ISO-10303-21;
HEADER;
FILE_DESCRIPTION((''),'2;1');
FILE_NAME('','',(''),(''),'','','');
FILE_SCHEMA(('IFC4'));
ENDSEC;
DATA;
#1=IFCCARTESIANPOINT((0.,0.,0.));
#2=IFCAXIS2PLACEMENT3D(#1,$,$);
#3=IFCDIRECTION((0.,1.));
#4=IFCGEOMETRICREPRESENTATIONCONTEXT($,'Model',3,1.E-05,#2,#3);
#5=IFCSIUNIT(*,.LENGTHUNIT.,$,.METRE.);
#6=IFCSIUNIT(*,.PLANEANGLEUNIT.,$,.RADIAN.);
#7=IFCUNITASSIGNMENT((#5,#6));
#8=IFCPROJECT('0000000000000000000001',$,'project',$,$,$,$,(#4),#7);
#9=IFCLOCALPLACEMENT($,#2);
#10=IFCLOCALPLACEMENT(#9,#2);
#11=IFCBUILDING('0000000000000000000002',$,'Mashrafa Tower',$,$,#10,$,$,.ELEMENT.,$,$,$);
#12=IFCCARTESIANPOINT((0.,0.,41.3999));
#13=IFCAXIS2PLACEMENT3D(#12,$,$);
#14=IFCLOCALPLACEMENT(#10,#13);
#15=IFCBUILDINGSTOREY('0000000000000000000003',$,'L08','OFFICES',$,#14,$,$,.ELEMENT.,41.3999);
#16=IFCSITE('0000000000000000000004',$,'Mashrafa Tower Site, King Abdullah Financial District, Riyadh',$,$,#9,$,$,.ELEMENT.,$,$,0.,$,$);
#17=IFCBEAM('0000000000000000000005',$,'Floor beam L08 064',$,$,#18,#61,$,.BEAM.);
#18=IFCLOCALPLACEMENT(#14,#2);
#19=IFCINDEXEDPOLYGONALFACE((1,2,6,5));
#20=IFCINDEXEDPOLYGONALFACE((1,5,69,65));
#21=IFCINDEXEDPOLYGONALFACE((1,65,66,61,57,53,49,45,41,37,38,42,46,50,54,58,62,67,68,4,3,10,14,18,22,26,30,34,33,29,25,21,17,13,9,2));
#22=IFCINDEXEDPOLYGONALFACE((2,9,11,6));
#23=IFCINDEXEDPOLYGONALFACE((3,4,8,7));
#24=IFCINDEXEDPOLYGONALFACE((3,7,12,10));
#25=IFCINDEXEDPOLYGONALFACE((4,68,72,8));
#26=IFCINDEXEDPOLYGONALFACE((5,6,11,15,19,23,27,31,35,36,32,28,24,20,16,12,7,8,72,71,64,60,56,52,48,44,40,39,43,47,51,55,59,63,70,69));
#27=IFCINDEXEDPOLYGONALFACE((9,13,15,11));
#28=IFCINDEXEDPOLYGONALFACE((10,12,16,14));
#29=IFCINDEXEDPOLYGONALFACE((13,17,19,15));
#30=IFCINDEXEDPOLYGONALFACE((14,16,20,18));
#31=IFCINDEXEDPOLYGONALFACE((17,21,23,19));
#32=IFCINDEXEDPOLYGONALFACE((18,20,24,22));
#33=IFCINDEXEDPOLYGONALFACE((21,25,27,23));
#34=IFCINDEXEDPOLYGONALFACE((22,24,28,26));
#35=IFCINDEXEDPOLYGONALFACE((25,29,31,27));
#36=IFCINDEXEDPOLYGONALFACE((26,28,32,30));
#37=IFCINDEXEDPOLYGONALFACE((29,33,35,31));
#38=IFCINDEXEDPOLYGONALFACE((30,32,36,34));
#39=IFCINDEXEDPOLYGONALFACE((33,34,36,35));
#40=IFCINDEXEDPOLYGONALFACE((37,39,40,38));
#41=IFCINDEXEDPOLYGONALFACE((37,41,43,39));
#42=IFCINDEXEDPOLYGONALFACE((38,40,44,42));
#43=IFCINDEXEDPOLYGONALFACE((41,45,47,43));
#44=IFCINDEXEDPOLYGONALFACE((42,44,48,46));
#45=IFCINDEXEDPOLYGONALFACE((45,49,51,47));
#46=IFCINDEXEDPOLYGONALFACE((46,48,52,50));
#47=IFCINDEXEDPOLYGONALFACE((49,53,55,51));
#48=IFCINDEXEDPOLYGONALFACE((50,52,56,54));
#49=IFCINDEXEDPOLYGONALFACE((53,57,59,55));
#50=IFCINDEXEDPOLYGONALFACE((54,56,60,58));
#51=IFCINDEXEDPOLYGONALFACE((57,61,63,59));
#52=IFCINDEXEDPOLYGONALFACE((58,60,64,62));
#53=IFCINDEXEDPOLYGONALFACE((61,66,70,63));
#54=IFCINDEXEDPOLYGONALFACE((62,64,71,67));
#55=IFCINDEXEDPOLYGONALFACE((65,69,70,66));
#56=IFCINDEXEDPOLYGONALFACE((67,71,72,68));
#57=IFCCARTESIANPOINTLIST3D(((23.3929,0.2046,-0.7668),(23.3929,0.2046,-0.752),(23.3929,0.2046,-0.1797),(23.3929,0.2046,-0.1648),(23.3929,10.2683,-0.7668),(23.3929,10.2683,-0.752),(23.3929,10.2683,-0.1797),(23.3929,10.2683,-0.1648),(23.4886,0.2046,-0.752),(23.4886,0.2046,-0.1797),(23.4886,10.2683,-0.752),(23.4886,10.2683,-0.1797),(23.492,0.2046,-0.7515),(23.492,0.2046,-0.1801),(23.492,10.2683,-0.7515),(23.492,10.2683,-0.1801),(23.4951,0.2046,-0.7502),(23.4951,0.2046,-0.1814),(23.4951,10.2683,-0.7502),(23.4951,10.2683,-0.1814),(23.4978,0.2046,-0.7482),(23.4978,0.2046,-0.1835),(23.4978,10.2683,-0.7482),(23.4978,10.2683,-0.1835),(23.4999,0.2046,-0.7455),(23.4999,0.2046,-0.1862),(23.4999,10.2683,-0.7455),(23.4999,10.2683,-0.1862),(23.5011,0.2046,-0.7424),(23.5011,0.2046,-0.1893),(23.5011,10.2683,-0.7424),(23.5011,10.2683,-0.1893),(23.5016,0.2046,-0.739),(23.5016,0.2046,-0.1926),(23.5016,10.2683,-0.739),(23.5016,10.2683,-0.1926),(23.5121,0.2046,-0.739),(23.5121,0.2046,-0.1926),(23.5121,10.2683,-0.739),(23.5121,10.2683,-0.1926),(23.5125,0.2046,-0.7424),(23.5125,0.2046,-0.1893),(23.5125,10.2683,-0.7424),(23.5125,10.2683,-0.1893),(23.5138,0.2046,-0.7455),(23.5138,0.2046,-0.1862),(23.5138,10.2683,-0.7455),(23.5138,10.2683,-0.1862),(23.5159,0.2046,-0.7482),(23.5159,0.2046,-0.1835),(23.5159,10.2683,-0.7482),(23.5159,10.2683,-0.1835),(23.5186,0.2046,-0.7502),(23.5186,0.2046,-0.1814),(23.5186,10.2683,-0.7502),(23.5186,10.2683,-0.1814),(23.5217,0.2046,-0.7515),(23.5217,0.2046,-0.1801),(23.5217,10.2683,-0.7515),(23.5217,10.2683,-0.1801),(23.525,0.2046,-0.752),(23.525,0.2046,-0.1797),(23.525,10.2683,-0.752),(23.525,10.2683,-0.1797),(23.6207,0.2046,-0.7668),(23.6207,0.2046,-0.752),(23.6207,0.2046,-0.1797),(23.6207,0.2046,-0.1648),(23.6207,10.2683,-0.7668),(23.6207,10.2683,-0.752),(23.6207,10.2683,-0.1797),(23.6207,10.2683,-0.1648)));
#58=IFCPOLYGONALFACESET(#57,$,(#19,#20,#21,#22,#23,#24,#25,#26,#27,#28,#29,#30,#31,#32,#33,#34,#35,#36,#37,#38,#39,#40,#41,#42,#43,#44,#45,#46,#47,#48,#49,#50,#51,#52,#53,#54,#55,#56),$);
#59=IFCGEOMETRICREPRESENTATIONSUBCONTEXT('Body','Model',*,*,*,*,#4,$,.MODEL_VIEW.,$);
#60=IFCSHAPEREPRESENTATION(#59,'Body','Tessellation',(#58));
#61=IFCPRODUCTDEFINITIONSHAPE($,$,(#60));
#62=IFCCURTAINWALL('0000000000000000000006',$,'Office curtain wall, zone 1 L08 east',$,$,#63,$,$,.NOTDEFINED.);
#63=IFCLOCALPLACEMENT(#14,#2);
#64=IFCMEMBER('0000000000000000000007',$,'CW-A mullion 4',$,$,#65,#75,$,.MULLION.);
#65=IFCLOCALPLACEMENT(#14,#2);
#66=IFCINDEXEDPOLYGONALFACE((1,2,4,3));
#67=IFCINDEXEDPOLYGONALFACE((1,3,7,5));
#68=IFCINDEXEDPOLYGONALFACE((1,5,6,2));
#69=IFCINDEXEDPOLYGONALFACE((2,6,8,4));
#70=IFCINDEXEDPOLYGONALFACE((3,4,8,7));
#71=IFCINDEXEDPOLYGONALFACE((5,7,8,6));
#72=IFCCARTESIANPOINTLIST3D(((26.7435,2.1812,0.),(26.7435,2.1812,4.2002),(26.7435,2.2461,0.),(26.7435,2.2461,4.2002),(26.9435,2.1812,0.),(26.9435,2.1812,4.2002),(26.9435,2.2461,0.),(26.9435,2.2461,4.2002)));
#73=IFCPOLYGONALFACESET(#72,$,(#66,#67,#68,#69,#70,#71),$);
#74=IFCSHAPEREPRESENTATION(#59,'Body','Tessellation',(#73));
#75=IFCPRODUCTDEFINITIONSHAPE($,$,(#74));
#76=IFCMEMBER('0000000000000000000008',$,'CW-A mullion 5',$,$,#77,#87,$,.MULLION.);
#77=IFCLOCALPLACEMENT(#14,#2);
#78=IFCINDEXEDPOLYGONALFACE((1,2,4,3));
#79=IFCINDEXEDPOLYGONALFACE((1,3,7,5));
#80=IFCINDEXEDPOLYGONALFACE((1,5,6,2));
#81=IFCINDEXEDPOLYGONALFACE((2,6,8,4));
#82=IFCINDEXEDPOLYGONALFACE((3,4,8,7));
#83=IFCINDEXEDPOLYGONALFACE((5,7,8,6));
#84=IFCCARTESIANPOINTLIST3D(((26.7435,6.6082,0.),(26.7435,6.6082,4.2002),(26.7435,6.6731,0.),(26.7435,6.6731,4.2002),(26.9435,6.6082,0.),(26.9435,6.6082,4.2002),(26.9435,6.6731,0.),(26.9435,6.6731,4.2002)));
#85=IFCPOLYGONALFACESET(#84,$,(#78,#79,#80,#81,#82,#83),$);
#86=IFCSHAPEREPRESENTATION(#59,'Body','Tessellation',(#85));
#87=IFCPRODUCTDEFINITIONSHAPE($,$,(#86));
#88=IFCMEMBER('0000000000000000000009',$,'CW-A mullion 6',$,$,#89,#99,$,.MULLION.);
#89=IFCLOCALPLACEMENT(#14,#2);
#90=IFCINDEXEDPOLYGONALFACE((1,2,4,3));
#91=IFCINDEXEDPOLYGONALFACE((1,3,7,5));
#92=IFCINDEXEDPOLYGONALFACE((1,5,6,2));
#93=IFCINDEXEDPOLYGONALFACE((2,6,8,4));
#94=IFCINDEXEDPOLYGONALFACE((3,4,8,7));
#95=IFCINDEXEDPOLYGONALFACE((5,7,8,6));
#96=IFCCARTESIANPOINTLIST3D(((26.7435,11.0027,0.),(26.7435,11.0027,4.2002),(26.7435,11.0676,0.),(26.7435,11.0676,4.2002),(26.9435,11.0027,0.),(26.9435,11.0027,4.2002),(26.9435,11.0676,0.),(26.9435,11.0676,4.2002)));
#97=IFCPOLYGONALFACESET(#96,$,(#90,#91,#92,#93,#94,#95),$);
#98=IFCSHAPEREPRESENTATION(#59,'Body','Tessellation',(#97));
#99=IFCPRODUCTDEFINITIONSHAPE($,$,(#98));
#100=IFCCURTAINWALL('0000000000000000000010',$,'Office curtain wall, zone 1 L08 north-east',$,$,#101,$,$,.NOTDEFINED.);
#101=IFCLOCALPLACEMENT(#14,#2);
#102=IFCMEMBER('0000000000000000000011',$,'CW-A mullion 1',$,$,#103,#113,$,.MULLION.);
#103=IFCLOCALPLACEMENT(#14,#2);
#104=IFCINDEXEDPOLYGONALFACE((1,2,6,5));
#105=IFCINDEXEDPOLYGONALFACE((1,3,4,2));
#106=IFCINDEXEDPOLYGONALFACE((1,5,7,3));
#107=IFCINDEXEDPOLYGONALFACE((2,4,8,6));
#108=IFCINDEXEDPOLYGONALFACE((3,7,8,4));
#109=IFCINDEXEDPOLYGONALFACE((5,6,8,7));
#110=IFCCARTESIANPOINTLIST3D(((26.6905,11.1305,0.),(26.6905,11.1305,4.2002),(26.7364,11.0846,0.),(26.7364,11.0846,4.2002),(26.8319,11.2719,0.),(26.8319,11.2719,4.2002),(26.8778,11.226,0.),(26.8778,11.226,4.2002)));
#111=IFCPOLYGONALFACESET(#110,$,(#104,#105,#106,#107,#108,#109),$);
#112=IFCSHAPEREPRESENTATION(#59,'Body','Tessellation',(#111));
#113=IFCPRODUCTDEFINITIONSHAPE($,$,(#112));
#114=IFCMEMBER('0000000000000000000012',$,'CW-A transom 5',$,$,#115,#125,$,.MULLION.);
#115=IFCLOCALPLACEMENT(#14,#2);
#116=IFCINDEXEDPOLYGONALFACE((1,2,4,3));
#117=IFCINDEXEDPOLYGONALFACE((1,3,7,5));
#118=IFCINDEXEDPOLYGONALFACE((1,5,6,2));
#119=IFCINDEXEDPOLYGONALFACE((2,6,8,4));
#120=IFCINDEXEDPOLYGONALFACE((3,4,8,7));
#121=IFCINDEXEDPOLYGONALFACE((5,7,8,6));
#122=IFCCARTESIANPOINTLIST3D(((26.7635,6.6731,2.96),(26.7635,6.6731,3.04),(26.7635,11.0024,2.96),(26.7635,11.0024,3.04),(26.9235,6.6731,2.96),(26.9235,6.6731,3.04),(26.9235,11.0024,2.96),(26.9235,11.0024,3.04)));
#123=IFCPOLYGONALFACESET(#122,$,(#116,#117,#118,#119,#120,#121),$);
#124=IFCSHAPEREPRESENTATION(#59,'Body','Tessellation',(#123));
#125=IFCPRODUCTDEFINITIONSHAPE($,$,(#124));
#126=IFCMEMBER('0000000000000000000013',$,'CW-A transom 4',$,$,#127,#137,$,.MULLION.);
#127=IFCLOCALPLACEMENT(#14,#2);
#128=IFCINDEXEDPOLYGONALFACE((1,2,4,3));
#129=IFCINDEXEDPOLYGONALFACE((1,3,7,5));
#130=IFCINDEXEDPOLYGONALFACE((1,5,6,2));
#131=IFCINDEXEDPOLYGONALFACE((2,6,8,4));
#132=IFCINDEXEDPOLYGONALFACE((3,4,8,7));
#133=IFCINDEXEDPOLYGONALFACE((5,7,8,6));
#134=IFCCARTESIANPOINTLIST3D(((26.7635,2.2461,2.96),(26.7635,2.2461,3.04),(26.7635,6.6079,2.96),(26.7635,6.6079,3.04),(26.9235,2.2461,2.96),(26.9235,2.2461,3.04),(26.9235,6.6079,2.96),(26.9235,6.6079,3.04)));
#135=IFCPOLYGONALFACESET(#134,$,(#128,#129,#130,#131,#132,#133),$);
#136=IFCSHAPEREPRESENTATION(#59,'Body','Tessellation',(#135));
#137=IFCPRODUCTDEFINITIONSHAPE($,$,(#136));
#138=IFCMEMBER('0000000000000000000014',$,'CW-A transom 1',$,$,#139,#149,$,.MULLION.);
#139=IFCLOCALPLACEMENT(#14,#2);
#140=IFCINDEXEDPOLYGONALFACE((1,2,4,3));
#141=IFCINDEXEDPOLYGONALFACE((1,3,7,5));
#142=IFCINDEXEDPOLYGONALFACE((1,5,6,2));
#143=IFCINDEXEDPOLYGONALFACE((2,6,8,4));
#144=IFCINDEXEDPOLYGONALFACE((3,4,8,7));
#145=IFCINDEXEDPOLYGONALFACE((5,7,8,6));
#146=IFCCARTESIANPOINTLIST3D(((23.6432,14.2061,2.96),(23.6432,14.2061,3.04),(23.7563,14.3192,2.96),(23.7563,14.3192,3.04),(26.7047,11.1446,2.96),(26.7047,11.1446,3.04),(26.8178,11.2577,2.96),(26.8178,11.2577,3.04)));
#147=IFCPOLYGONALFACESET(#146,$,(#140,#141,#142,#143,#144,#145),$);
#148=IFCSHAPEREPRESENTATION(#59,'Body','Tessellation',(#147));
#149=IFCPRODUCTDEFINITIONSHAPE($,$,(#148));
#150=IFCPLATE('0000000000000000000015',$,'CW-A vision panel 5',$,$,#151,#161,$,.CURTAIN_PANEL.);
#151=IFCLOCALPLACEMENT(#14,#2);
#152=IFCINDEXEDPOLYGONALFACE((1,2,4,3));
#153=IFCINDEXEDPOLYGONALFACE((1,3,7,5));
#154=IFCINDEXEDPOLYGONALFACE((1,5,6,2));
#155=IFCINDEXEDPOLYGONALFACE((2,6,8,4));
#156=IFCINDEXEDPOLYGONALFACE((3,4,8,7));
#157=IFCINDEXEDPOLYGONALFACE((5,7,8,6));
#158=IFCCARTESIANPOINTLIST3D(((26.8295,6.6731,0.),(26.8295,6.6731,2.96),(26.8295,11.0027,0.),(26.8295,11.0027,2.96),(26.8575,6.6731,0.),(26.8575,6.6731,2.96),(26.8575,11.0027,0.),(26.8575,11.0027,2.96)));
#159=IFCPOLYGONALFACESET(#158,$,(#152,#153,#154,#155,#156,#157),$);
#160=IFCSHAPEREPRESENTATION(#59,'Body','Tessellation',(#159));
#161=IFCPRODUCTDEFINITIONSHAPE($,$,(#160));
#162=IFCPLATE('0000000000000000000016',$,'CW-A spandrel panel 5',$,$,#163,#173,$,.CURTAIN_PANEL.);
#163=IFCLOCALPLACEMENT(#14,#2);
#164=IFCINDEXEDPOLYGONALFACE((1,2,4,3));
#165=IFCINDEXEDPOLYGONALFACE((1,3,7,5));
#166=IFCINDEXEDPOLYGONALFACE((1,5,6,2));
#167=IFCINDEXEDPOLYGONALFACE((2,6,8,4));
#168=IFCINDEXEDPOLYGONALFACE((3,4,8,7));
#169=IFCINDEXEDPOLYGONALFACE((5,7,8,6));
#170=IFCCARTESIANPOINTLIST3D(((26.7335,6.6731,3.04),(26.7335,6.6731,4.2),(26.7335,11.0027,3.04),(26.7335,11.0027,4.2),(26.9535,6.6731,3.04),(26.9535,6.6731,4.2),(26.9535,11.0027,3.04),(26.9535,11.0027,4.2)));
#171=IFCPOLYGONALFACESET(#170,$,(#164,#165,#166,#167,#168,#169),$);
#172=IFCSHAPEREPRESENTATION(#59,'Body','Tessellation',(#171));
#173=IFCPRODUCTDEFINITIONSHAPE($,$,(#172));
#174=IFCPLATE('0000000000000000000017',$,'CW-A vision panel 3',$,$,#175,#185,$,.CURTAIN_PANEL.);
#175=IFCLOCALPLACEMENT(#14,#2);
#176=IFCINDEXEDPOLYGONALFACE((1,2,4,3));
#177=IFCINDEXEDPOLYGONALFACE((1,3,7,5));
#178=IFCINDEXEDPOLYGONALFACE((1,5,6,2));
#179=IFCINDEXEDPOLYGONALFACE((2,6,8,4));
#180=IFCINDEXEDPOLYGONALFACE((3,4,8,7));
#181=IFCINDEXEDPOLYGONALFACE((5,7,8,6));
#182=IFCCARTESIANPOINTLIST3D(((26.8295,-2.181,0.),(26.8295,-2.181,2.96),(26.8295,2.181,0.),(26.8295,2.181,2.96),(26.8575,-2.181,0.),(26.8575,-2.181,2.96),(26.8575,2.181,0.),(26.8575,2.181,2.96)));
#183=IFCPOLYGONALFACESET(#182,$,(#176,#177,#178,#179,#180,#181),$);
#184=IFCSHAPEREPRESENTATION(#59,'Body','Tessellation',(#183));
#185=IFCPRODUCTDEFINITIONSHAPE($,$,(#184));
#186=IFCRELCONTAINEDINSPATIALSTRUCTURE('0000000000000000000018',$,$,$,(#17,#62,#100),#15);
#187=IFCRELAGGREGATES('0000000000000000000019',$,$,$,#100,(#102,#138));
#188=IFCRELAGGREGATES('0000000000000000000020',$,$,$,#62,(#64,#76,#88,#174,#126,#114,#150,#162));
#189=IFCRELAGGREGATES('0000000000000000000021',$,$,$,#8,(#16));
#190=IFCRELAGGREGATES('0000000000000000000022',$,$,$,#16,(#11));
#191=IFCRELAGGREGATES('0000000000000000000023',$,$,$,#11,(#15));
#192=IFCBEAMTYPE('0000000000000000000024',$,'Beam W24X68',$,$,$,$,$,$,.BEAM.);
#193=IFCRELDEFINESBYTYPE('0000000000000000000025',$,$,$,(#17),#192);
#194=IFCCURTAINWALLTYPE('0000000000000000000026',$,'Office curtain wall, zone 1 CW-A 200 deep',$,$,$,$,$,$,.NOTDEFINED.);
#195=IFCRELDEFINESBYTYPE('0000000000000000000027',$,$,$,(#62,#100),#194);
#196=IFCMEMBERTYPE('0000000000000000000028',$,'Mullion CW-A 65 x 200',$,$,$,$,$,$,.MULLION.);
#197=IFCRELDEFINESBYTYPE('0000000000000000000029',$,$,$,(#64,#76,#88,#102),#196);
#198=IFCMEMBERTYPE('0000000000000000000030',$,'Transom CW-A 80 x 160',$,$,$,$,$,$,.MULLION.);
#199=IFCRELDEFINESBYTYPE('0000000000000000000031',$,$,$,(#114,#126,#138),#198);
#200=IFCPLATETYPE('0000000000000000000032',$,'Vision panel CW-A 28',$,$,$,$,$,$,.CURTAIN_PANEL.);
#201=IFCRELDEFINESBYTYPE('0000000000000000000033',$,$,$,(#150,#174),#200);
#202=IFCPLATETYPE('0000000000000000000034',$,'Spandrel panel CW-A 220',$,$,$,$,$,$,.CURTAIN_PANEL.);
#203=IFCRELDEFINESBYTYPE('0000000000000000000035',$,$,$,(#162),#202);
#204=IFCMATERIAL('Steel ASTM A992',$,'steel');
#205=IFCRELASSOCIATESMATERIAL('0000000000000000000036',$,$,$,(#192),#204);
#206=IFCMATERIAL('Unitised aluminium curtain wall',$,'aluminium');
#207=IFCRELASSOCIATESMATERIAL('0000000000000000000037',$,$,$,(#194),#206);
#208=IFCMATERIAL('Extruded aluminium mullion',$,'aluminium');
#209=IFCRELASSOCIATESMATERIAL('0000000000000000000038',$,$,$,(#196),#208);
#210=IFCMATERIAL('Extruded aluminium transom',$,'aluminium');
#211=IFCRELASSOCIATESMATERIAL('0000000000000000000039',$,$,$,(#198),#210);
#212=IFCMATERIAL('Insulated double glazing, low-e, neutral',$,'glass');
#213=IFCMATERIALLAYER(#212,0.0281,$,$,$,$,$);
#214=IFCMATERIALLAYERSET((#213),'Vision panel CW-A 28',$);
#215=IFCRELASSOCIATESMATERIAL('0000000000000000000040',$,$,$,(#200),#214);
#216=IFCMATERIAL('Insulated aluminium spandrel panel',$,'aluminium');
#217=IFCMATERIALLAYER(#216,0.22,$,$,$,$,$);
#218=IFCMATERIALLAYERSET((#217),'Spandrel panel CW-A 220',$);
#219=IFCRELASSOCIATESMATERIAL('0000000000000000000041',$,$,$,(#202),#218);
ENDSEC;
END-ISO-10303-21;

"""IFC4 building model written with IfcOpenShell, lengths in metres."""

from ifc_helpers import new_model, si_unit, direction, frame, origin, origin_2d, place, context, subcontext, project, spatial, rectangle, i_section, extrude, source, transform, mapped, material, layer, layer_set, material_profile, profile_set, type_object, type_shapes, element, aggregate, save


model = new_model("IFC4")

# Units and contexts
model_context = context("Model", 3, precision=1e-05, world=origin(), true_north=direction((0.0, 1.0)))
body_context = subcontext(model_context, "Body", "Model", "MODEL_VIEW")
ifc_project = project(units=[si_unit("LENGTHUNIT", "METRE"), si_unit("PLANEANGLEUNIT", "RADIAN")], contexts=[model_context])

# Site, building, storey
site_placement = place(None, origin())
site = spatial("IfcSite", under=ifc_project, at=site_placement, Name="Mashrafa Tower Site, King Abdullah Financial District, Riyadh", CompositionType="ELEMENT", RefElevation=0.0)
building_placement = place(site_placement, origin())
building = spatial("IfcBuilding", under=site, at=building_placement, Name="Mashrafa Tower", CompositionType="ELEMENT")
storey_placement = place(building_placement, frame((0.0, 0.0, 41.3999)))
storey = spatial("IfcBuildingStorey", under=building, at=storey_placement, Name="L08", Description="OFFICES", CompositionType="ELEMENT", Elevation=41.3999)

# Beam
ifc_material_1 = material(Name="Steel ASTM A992", Category="steel")
ifc_material_profile_1 = material_profile(ifc_material_1, i_section(OverallWidth=0.2278, OverallDepth=0.6021, WebThickness=0.0105, FlangeThickness=0.0149, FilletRadius=0.0129, at=origin_2d()), Name="W24X68")
ifc_profile_set_1 = profile_set([ifc_material_profile_1], Name="Steel ASTM A992")
beam_type_1 = type_object("IfcBeamType", Name="Beam W24X68", PredefinedType="BEAM", material=ifc_profile_set_1)
beam_1_placement = place(storey_placement, frame((23.5068, 10.2683, -0.4658), z_axis=(0.0, -1.0, 0.0), x_axis=(1.0, 0.0, 0.0)))
element("IfcBeam", 1, at=beam_1_placement, inside=storey, type_object=beam_type_1, Name="Floor beam L08 064", PredefinedType="BEAM", context=body_context, shape_type="SweptSolid", body=[
    extrude(i_section(OverallWidth=0.2278, OverallDepth=0.6021, WebThickness=0.0105, FlangeThickness=0.0149, FilletRadius=0.0129, at=origin_2d()), origin(), (0.0, 0.0, 1.0), 10.0637),
])

# Curtain wall, members
ifc_material_2 = material(Name="Unitised aluminium curtain wall", Category="aluminium")
curtain_wall_type = type_object("IfcCurtainWallType", Name="Office curtain wall, zone 1 CW-A 200 deep", PredefinedType="NOTDEFINED", material=ifc_material_2)
curtain_wall_1_placement = place(storey_placement, origin())
curtain_wall_1 = element("IfcCurtainWall", 2, at=curtain_wall_1_placement, inside=storey, type_object=curtain_wall_type, Name="Office curtain wall, zone 1 L08 east", PredefinedType="NOTDEFINED")
ifc_material_3 = material(Name="Extruded aluminium mullion", Category="aluminium")
ifc_material_profile_2 = material_profile(ifc_material_3, rectangle(XDim=0.2, YDim=0.0649, at=origin_2d()), Name="Mullion 65x200")
ifc_profile_set_2 = profile_set([ifc_material_profile_2], Name="Extruded aluminium mullion")
member_type_1 = type_object("IfcMemberType", Name="Mullion CW-A 65 x 200", PredefinedType="MULLION", material=ifc_profile_set_2)
shared_shape_1 = source(origin(), body_context, "Body", "SweptSolid", [
    extrude(rectangle(XDim=0.2, YDim=0.0649, at=origin_2d()), origin(), (0.0, 0.0, 1.0), 4.2002),
])
type_shapes(member_type_1, [shared_shape_1])
member_1_placement = place(storey_placement, frame((26.8435, 2.2136, 0.0), z_axis=(0.0, 0.0, 1.0), x_axis=(-1.0, 0.0, 0.0)))
member_1 = element("IfcMember", 3, at=member_1_placement, type_object=member_type_1, Name="CW-A mullion 4", PredefinedType="MULLION", context=body_context, shape_type="MappedRepresentation", body=[
    mapped(shared_shape_1, transform((0.0, 0.0, 0.0))),
])
member_2_placement = place(storey_placement, frame((26.8435, 6.6406, 0.0), z_axis=(0.0, 0.0, 1.0), x_axis=(-1.0, 0.0, 0.0)))
member_2 = element("IfcMember", 4, at=member_2_placement, type_object=member_type_1, Name="CW-A mullion 5", PredefinedType="MULLION", context=body_context, shape_type="MappedRepresentation", body=[
    mapped(shared_shape_1, transform((0.0, 0.0, 0.0))),
])
member_3_placement = place(storey_placement, frame((26.8435, 11.0352, 0.0), z_axis=(0.0, 0.0, 1.0), x_axis=(-1.0, 0.0, 0.0)))
member_3 = element("IfcMember", 5, at=member_3_placement, type_object=member_type_1, Name="CW-A mullion 6", PredefinedType="MULLION", context=body_context, shape_type="MappedRepresentation", body=[
    mapped(shared_shape_1, transform((0.0, 0.0, 0.0))),
])

# Curtain wall, member
curtain_wall_2_placement = place(storey_placement, origin())
curtain_wall_2 = element("IfcCurtainWall", 6, at=curtain_wall_2_placement, inside=storey, type_object=curtain_wall_type, Name="Office curtain wall, zone 1 L08 north-east", PredefinedType="NOTDEFINED")
member_4_placement = place(storey_placement, frame((26.7842, 11.1782, 0.0), z_axis=(0.0, 0.0, 1.0), x_axis=(-0.707107, -0.707107, 0.0)))
member_4 = element("IfcMember", 7, at=member_4_placement, type_object=member_type_1, Name="CW-A mullion 1", PredefinedType="MULLION", context=body_context, shape_type="MappedRepresentation", body=[
    mapped(shared_shape_1, transform((0.0, 0.0, 0.0))),
])

# Members
ifc_material_4 = material(Name="Extruded aluminium transom", Category="aluminium")
ifc_material_profile_3 = material_profile(ifc_material_4, rectangle(XDim=0.1599, YDim=0.0801, at=origin_2d()), Name="Transom 80x160")
ifc_profile_set_3 = profile_set([ifc_material_profile_3], Name="Extruded aluminium transom")
member_type_2 = type_object("IfcMemberType", Name="Transom CW-A 80 x 160", PredefinedType="MULLION", material=ifc_profile_set_3)
shared_shape_2 = source(origin(), body_context, "Body", "SweptSolid", [
    extrude(rectangle(XDim=0.1599, YDim=0.0801, at=origin_2d()), origin(), (0.0, 0.0, 1.0), 4.3293),
])
member_5_placement = place(storey_placement, frame((26.8435, 6.6731, 3.0), z_axis=(0.0, 1.0, 0.0), x_axis=(-1.0, 0.0, 0.0)))
member_5 = element("IfcMember", 8, at=member_5_placement, type_object=member_type_2, Name="CW-A transom 5", PredefinedType="MULLION", context=body_context, shape_type="MappedRepresentation", body=[
    mapped(shared_shape_2, transform((0.0, 0.0, 0.0))),
])
shared_shape_3 = source(origin(), body_context, "Body", "SweptSolid", [
    extrude(rectangle(XDim=0.1599, YDim=0.0801, at=origin_2d()), origin(), (0.0, 0.0, 1.0), 4.3618),
])
member_6_placement = place(storey_placement, frame((26.8435, 2.2461, 3.0), z_axis=(0.0, 1.0, 0.0), x_axis=(-1.0, 0.0, 0.0)))
member_6 = element("IfcMember", 9, at=member_6_placement, type_object=member_type_2, Name="CW-A transom 4", PredefinedType="MULLION", context=body_context, shape_type="MappedRepresentation", body=[
    mapped(shared_shape_3, transform((0.0, 0.0, 0.0))),
])
shared_shape_4 = source(origin(), body_context, "Body", "SweptSolid", [
    extrude(rectangle(XDim=0.1599, YDim=0.0801, at=origin_2d()), origin(), (0.0, 0.0, 1.0), 4.3296),
])
type_shapes(member_type_2, [shared_shape_2, shared_shape_3, shared_shape_4])
member_7_placement = place(storey_placement, frame((26.7612, 11.2012, 3.0), z_axis=(-0.707107, 0.707107, 0.0), x_axis=(-0.707107, -0.707107, 0.0)))
member_7 = element("IfcMember", 10, at=member_7_placement, type_object=member_type_2, Name="CW-A transom 1", PredefinedType="MULLION", context=body_context, shape_type="MappedRepresentation", body=[
    mapped(shared_shape_4, transform((0.0, 0.0, 0.0))),
])
aggregate(curtain_wall_2, [member_4, member_7])

# Plates
ifc_material_5 = material(Name="Insulated double glazing, low-e, neutral", Category="glass")
ifc_layer_1 = layer(ifc_material_5, 0.0281)
ifc_layer_set_1 = layer_set([ifc_layer_1], Name="Vision panel CW-A 28")
plate_type_1 = type_object("IfcPlateType", Name="Vision panel CW-A 28", PredefinedType="CURTAIN_PANEL", material=ifc_layer_set_1)
shared_shape_5 = source(origin(), body_context, "Body", "SweptSolid", [
    extrude(rectangle(XDim=4.3296, YDim=0.0281, at=origin_2d()), origin(), (0.0, 0.0, 1.0), 2.96),
])
plate_1_placement = place(storey_placement, frame((26.8435, 8.8379, 0.0), z_axis=(0.0, 0.0, 1.0), x_axis=(0.0, 1.0, 0.0)))
plate_1 = element("IfcPlate", 11, at=plate_1_placement, type_object=plate_type_1, Name="CW-A vision panel 5", PredefinedType="CURTAIN_PANEL", context=body_context, shape_type="MappedRepresentation", body=[
    mapped(shared_shape_5, transform((0.0, 0.0, 0.0))),
])
ifc_material_6 = material(Name="Insulated aluminium spandrel panel", Category="aluminium")
ifc_layer_2 = layer(ifc_material_6, 0.22)
ifc_layer_set_2 = layer_set([ifc_layer_2], Name="Spandrel panel CW-A 220")
plate_type_2 = type_object("IfcPlateType", Name="Spandrel panel CW-A 220", PredefinedType="CURTAIN_PANEL", material=ifc_layer_set_2)
shared_shape_6 = source(origin(), body_context, "Body", "SweptSolid", [
    extrude(rectangle(XDim=4.3296, YDim=0.22, at=origin_2d()), origin(), (0.0, 0.0, 1.0), 1.1599),
])
plate_2_placement = place(storey_placement, frame((26.8435, 8.8379, 3.04), z_axis=(0.0, 0.0, 1.0), x_axis=(0.0, 1.0, 0.0)))
plate_2 = element("IfcPlate", 12, at=plate_2_placement, type_object=plate_type_2, Name="CW-A spandrel panel 5", PredefinedType="CURTAIN_PANEL", context=body_context, shape_type="MappedRepresentation", body=[
    mapped(shared_shape_6, transform((0.0, 0.0, 0.0))),
])
shared_shape_7 = source(origin(), body_context, "Body", "SweptSolid", [
    extrude(rectangle(XDim=4.3621, YDim=0.0281, at=origin_2d()), origin(), (0.0, 0.0, 1.0), 2.96),
])
type_shapes(plate_type_1, [shared_shape_5, shared_shape_7])
plate_3_placement = place(storey_placement, frame((26.8435, 0.0, 0.0), z_axis=(0.0, 0.0, 1.0), x_axis=(0.0, 1.0, 0.0)))
plate_3 = element("IfcPlate", 13, at=plate_3_placement, type_object=plate_type_1, Name="CW-A vision panel 3", PredefinedType="CURTAIN_PANEL", context=body_context, shape_type="MappedRepresentation", body=[
    mapped(shared_shape_7, transform((0.0, 0.0, 0.0))),
])
aggregate(curtain_wall_1, [member_1, member_2, member_3, plate_3, member_6, member_5, plate_1, plate_2])

save(model, "model.ifc")
